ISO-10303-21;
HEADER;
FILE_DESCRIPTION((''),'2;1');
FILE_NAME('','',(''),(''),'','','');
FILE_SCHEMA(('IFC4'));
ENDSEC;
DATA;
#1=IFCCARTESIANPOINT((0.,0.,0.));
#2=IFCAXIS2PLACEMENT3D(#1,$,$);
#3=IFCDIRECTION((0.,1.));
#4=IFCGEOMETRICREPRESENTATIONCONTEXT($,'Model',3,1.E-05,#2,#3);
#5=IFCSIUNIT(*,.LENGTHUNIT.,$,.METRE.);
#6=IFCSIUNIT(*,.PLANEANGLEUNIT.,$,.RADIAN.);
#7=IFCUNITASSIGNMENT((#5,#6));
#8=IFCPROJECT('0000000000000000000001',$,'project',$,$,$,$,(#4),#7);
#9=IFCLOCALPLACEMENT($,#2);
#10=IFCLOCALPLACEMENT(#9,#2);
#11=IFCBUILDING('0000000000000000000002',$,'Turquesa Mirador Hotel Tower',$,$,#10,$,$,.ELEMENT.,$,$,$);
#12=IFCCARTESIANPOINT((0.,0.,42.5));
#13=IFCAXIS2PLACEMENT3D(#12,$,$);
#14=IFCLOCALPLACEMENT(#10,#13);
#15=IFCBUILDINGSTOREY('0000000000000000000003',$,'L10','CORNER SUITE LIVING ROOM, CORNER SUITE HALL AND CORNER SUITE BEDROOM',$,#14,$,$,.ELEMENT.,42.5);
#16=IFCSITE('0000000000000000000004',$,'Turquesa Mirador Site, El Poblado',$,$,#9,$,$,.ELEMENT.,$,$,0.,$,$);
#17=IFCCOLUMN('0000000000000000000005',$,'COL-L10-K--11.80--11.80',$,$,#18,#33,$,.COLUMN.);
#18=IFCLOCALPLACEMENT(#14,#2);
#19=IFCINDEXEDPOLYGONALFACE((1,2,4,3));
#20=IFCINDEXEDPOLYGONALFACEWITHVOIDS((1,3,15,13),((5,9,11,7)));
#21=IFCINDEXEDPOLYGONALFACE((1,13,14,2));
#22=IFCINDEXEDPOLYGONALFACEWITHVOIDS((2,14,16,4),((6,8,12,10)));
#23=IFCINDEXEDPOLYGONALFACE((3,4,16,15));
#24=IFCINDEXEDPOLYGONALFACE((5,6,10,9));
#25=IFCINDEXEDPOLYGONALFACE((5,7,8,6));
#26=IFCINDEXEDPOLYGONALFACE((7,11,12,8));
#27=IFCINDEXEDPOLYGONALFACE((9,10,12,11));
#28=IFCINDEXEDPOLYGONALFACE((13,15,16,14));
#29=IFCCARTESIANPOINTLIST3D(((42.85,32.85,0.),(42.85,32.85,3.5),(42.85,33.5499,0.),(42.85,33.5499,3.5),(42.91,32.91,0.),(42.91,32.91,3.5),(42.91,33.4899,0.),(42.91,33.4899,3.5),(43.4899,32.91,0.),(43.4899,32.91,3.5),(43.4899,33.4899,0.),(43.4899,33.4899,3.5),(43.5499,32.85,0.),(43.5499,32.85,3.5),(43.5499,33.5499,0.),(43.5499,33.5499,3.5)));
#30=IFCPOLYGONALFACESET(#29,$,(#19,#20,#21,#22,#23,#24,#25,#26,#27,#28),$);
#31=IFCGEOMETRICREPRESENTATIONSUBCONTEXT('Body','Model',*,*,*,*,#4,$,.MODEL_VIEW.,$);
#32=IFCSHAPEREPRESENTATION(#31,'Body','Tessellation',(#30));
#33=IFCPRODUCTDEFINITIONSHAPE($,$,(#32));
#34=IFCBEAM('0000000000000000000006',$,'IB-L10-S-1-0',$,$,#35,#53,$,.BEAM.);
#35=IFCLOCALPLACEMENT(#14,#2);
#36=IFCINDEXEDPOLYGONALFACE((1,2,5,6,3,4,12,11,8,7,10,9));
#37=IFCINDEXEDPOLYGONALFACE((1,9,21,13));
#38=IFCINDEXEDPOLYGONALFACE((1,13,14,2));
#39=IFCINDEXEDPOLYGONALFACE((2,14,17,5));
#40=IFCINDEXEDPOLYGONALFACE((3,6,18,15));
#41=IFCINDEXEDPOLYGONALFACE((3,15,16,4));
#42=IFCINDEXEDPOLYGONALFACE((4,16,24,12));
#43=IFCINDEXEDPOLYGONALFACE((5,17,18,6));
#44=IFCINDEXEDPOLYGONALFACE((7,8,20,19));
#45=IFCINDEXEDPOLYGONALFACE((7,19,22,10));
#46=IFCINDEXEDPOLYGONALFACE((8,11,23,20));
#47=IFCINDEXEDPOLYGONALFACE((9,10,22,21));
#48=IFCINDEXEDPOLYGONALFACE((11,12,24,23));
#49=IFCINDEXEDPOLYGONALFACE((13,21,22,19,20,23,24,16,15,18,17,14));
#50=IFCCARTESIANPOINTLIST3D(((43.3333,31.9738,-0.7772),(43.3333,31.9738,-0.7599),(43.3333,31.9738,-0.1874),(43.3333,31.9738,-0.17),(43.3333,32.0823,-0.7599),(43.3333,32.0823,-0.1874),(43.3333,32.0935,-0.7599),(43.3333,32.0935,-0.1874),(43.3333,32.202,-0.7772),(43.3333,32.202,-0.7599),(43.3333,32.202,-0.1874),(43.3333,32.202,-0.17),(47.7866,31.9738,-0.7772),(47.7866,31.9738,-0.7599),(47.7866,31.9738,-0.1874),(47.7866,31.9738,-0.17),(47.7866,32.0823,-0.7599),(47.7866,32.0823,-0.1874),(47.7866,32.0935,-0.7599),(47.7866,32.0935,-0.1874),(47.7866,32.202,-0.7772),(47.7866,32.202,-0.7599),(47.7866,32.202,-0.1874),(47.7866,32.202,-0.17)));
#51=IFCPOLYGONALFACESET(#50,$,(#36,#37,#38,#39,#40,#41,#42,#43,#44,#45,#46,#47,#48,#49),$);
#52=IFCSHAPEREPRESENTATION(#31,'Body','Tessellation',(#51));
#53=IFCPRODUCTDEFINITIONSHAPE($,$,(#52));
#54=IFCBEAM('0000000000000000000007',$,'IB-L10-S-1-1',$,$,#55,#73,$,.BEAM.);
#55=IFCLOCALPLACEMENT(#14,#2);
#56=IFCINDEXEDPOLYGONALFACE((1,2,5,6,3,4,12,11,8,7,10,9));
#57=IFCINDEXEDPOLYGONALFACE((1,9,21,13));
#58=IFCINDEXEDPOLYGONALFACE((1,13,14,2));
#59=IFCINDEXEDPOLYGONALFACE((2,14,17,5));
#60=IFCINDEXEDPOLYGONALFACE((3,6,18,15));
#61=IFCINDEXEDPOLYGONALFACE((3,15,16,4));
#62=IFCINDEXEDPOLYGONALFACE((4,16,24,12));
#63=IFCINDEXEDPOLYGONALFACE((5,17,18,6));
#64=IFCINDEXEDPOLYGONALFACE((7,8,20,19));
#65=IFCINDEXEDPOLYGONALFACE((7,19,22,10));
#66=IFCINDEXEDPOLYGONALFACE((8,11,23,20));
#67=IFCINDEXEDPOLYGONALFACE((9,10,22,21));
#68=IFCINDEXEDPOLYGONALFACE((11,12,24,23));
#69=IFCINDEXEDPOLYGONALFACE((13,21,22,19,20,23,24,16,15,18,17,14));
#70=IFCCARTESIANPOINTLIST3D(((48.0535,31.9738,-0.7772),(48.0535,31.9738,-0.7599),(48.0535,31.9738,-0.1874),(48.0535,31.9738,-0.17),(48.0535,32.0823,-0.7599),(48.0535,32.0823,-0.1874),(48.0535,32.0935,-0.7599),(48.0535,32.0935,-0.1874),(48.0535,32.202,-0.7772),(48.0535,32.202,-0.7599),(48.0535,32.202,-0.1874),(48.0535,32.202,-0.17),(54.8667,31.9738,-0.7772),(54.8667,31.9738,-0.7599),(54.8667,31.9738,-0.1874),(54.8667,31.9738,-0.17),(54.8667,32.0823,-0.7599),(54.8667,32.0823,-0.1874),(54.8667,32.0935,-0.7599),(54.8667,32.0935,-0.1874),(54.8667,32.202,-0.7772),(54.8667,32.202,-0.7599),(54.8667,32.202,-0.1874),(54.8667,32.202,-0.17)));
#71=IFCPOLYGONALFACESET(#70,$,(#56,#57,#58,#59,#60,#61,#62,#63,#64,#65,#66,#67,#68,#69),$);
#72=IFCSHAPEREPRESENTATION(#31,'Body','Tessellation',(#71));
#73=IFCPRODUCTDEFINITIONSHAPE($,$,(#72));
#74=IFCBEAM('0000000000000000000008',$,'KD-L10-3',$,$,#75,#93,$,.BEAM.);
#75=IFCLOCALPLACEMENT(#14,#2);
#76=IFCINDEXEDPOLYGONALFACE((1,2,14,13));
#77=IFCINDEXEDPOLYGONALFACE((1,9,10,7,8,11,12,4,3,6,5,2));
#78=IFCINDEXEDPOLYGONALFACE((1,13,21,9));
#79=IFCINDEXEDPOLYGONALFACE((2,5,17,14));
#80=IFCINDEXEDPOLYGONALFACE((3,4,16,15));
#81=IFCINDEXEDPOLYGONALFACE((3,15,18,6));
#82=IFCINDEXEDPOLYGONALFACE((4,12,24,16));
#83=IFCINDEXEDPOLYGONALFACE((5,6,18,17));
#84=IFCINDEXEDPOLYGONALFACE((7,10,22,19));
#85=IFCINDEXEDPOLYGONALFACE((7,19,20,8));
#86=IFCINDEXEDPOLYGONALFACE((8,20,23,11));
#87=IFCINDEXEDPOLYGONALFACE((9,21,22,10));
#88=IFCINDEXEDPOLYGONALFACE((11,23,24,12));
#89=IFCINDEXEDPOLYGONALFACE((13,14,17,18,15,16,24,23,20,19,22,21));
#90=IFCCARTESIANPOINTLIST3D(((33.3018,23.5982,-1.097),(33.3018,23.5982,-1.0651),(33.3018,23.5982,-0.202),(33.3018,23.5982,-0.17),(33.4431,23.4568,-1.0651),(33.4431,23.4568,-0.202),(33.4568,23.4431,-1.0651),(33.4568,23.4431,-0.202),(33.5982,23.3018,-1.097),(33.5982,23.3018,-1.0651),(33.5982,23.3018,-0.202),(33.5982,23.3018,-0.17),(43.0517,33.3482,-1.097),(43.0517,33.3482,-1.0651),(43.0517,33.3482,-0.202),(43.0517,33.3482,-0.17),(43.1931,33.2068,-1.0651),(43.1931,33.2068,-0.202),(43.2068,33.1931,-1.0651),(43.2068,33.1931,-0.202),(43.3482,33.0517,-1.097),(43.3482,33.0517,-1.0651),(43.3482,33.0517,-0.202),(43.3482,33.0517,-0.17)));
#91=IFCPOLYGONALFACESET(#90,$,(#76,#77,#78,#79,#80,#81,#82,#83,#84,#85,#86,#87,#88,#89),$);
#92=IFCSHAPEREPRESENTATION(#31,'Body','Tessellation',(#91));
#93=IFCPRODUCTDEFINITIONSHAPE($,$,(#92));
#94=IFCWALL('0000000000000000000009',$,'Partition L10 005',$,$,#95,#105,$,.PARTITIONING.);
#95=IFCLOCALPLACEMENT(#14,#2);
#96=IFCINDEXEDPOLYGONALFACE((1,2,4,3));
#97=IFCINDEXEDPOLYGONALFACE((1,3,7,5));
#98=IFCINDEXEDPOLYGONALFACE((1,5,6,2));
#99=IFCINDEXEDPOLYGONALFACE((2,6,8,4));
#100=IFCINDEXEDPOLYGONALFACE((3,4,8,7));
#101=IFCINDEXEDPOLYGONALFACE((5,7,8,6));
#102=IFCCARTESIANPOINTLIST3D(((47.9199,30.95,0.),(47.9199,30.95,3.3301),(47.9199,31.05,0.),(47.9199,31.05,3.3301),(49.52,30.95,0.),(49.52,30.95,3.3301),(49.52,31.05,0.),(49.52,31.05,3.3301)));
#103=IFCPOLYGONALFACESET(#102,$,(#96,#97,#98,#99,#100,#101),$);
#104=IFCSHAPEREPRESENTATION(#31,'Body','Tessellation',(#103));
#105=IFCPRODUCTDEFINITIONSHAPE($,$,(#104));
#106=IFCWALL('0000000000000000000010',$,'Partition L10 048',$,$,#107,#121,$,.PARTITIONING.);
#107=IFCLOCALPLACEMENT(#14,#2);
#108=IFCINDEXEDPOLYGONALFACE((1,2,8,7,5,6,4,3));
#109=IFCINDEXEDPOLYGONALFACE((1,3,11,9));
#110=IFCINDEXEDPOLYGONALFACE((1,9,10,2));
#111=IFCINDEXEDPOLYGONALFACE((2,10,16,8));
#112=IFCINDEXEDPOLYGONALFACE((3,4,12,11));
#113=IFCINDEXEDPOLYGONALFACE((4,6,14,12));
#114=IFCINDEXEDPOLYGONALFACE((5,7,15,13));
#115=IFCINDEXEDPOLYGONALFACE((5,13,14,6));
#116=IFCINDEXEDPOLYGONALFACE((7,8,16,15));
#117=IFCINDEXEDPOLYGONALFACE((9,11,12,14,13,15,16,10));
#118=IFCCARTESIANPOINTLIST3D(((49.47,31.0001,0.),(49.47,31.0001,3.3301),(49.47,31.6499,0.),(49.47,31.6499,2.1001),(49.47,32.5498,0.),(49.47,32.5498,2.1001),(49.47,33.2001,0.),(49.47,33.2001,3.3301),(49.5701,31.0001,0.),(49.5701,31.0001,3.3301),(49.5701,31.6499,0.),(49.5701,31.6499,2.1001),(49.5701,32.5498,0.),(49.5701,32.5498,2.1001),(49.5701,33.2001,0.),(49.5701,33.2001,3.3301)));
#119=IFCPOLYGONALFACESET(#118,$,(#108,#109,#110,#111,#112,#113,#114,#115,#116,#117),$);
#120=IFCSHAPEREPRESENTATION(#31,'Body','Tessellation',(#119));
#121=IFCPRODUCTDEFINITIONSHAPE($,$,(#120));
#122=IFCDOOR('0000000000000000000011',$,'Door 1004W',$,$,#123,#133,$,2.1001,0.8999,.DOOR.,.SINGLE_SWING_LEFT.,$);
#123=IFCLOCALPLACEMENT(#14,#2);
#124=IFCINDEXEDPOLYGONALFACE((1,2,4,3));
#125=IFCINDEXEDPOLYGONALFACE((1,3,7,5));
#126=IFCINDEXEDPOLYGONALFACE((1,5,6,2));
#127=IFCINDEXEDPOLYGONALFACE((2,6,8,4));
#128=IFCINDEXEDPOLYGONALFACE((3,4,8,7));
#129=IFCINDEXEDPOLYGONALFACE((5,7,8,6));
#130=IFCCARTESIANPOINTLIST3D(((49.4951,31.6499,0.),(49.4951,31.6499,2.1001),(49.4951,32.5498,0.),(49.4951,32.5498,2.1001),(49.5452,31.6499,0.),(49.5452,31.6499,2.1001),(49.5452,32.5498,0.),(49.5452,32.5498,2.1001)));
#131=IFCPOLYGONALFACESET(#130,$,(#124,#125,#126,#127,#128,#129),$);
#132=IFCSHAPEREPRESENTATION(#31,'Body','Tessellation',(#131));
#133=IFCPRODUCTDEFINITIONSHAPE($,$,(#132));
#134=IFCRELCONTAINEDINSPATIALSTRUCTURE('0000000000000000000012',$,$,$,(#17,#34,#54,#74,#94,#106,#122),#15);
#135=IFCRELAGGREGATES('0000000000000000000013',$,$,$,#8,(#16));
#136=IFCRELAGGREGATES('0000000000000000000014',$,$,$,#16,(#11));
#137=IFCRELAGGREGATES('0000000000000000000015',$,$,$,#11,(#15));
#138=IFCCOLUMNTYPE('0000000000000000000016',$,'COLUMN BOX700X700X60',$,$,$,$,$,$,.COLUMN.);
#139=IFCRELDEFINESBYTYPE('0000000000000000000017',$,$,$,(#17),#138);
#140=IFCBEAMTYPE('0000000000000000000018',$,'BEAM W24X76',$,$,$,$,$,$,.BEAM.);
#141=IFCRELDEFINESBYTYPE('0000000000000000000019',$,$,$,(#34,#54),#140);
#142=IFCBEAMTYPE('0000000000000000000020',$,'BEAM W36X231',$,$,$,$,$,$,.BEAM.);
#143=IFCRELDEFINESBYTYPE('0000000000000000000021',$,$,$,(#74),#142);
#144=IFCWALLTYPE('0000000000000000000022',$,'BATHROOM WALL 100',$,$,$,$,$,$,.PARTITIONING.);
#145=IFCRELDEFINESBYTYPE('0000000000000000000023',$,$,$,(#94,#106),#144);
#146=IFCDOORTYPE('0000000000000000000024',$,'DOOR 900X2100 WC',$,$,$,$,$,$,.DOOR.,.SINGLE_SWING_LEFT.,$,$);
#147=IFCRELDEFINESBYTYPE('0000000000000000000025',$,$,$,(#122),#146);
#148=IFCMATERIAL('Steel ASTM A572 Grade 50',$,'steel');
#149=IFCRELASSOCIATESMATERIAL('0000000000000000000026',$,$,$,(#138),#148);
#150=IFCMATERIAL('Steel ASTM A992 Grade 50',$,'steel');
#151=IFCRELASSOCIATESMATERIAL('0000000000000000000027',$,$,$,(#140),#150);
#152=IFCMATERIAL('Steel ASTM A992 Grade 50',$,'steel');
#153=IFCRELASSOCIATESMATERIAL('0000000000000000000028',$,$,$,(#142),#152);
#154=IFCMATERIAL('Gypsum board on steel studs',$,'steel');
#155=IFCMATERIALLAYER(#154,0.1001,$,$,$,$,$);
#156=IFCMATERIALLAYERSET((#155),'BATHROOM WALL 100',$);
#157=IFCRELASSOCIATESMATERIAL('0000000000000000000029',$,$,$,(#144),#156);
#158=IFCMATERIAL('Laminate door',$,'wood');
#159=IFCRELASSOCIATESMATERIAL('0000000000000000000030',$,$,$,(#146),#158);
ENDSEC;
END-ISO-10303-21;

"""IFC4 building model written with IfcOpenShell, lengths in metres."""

from ifc_helpers import new_model, si_unit, direction, frame, frame_2d, origin, origin_2d, place, context, subcontext, project, spatial, rectangle, hollow_rectangle, i_section, extrude, material, layer, layer_set, material_profile, profile_set, type_object, element, fill, save


model = new_model("IFC4")

# Units and contexts
model_context = context("Model", 3, precision=1e-05, world=origin(), true_north=direction((0.0, 1.0)))
body_context = subcontext(model_context, "Body", "Model", "MODEL_VIEW")
ifc_project = project(units=[si_unit("LENGTHUNIT", "METRE"), si_unit("PLANEANGLEUNIT", "RADIAN")], contexts=[model_context])

# Site, building, storey
site_placement = place(None, origin())
site = spatial("IfcSite", under=ifc_project, at=site_placement, Name="Turquesa Mirador Site, El Poblado", CompositionType="ELEMENT", RefElevation=0.0)
building_placement = place(site_placement, origin())
building = spatial("IfcBuilding", under=site, at=building_placement, Name="Turquesa Mirador Hotel Tower", CompositionType="ELEMENT")
storey_placement = place(building_placement, frame((0.0, 0.0, 42.5)))
storey = spatial("IfcBuildingStorey", under=building, at=storey_placement, Name="L10", Description="CORNER SUITE LIVING ROOM, CORNER SUITE HALL AND CORNER SUITE BEDROOM", CompositionType="ELEMENT", Elevation=42.5)

# Column
ifc_material_1 = material(Name="Steel ASTM A572 Grade 50", Category="steel")
ifc_material_profile_1 = material_profile(ifc_material_1, hollow_rectangle(XDim=0.7, YDim=0.7, WallThickness=0.0601, at=origin_2d()), Name="BOX700X700X60")
ifc_profile_set_1 = profile_set([ifc_material_profile_1], Name="Steel ASTM A572 Grade 50")
column_type = type_object("IfcColumnType", Name="COLUMN BOX700X700X60", PredefinedType="COLUMN", material=ifc_profile_set_1)
column_placement = place(storey_placement, frame((43.2, 33.2, 0.0), z_axis=(0.0, 0.0, 1.0), x_axis=(1.0, 0.0, 0.0)))
element("IfcColumn", 1, at=column_placement, inside=storey, type_object=column_type, Name="COL-L10-K--11.80--11.80", PredefinedType="COLUMN", context=body_context, shape_type="SweptSolid", body=[
    extrude(hollow_rectangle(XDim=0.7, YDim=0.7, WallThickness=0.0601, at=origin_2d()), origin(), (0.0, 0.0, 1.0), 3.5),
])

# Beams
ifc_material_2 = material(Name="Steel ASTM A992 Grade 50", Category="steel")
ifc_material_profile_2 = material_profile(ifc_material_2, i_section(OverallWidth=0.2283, OverallDepth=0.6072, WebThickness=0.0112, FlangeThickness=0.0173, at=origin_2d()), Name="W24X76")
ifc_profile_set_2 = profile_set([ifc_material_profile_2], Name="Steel ASTM A992 Grade 50")
beam_type_1 = type_object("IfcBeamType", Name="BEAM W24X76", PredefinedType="BEAM", material=ifc_profile_set_2)
beam_1_placement = place(storey_placement, frame((43.3333, 32.0879, -0.4736), z_axis=(1.0, 0.0, 0.0), x_axis=(0.0, 1.0, 0.0)))
element("IfcBeam", 2, at=beam_1_placement, inside=storey, type_object=beam_type_1, Name="IB-L10-S-1-0", PredefinedType="BEAM", context=body_context, shape_type="SweptSolid", body=[
    extrude(i_section(OverallWidth=0.2283, OverallDepth=0.6072, WebThickness=0.0112, FlangeThickness=0.0173, at=origin_2d()), origin(), (0.0, 0.0, 1.0), 4.4534),
])
beam_2_placement = place(storey_placement, frame((48.0535, 32.0879, -0.4736), z_axis=(1.0, 0.0, 0.0), x_axis=(0.0, 1.0, 0.0)))
element("IfcBeam", 3, at=beam_2_placement, inside=storey, type_object=beam_type_1, Name="IB-L10-S-1-1", PredefinedType="BEAM", context=body_context, shape_type="SweptSolid", body=[
    extrude(i_section(OverallWidth=0.2283, OverallDepth=0.6072, WebThickness=0.0112, FlangeThickness=0.0173, at=origin_2d()), origin(), (0.0, 0.0, 1.0), 6.8132),
])
ifc_material_3 = material(Name="Steel ASTM A992 Grade 50", Category="steel")
ifc_material_profile_3 = material_profile(ifc_material_3, i_section(OverallWidth=0.4192, OverallDepth=0.927, WebThickness=0.0193, FlangeThickness=0.032, at=origin_2d()), Name="W36X231")
ifc_profile_set_3 = profile_set([ifc_material_profile_3], Name="Steel ASTM A992 Grade 50")
beam_type_2 = type_object("IfcBeamType", Name="BEAM W36X231", PredefinedType="BEAM", material=ifc_profile_set_3)
beam_3_placement = place(storey_placement, frame((43.2, 33.2, -0.6335), z_axis=(-0.707107, -0.707107, 0.0), x_axis=(0.707107, -0.707107, 0.0)))
element("IfcBeam", 4, at=beam_3_placement, inside=storey, type_object=beam_type_2, Name="KD-L10-3", PredefinedType="BEAM", context=body_context, shape_type="SweptSolid", body=[
    extrude(i_section(OverallWidth=0.4192, OverallDepth=0.927, WebThickness=0.0193, FlangeThickness=0.032, at=origin_2d()), origin(), (0.0, 0.0, 1.0), 13.7886),
])

# Wall
ifc_material_4 = material(Name="Gypsum board on steel studs", Category="steel")
ifc_layer_1 = layer(ifc_material_4, 0.1001)
ifc_layer_set_1 = layer_set([ifc_layer_1], Name="BATHROOM WALL 100")
wall_type_1 = type_object("IfcWallType", Name="BATHROOM WALL 100", PredefinedType="PARTITIONING", material=ifc_layer_set_1)
wall_1_placement = place(storey_placement, frame((47.9199, 31.0, 0.0), z_axis=(0.0, 0.0, 1.0), x_axis=(1.0, 0.0, 0.0)))
element("IfcWall", 5, at=wall_1_placement, inside=storey, type_object=wall_type_1, Name="Partition L10 005", PredefinedType="PARTITIONING", context=body_context, shape_type="SweptSolid", body=[
    extrude(rectangle(XDim=1.6001, YDim=0.1001, at=frame_2d((0.8, 0.0))), origin(), (0.0, 0.0, 1.0), 3.3301),
])

# Wall, opening, door
wall_2_placement = place(storey_placement, frame((49.52, 31.0, 0.0), z_axis=(0.0, 0.0, 1.0), x_axis=(0.0, 1.0, 0.0)))
wall_2 = element("IfcWall", 6, at=wall_2_placement, inside=storey, type_object=wall_type_1, Name="Partition L10 048", PredefinedType="PARTITIONING", context=body_context, shape_type="SweptSolid", body=[
    extrude(rectangle(XDim=2.2, YDim=0.1001, at=frame_2d((1.1001, 0.0))), origin(), (0.0, 0.0, 1.0), 3.3301),
])
opening_1_placement = place(wall_2_placement, frame((0.6499, 0.0, 0.0)))
opening_1 = element("IfcOpeningElement", 7, at=opening_1_placement, cuts=wall_2, PredefinedType="OPENING", context=body_context, shape_type="SweptSolid", body=[
    extrude(rectangle(XDim=0.8999, YDim=2.1001, at=frame_2d((0.45, 1.05))), frame((0.0, 0.0601, 0.0), z_axis=(0.0, -1.0, 0.0), x_axis=(1.0, 0.0, 0.0)), (0.0, 0.0, 1.0), 0.1201),
])
ifc_material_5 = material(Name="Laminate door", Category="wood")
door_type_1 = type_object("IfcDoorType", Name="DOOR 900X2100 WC", OperationType="SINGLE_SWING_LEFT", PredefinedType="DOOR", material=ifc_material_5)
door_1_placement = place(opening_1_placement, origin())
door_1 = element("IfcDoor", 8, at=door_1_placement, inside=storey, type_object=door_type_1, Name="Door 1004W", OperationType="SINGLE_SWING_LEFT", OverallHeight=2.1001, OverallWidth=0.8999, PredefinedType="DOOR", context=body_context, shape_type="SweptSolid", body=[
    extrude(rectangle(XDim=0.8999, YDim=2.1001, at=frame_2d((0.45, 1.05))), frame((0.0, 0.0249, 0.0), z_axis=(0.0, -1.0, 0.0), x_axis=(1.0, 0.0, 0.0)), (0.0, 0.0, 1.0), 0.05),
])
fill(opening_1, door_1)

save(model, "model.ifc")
